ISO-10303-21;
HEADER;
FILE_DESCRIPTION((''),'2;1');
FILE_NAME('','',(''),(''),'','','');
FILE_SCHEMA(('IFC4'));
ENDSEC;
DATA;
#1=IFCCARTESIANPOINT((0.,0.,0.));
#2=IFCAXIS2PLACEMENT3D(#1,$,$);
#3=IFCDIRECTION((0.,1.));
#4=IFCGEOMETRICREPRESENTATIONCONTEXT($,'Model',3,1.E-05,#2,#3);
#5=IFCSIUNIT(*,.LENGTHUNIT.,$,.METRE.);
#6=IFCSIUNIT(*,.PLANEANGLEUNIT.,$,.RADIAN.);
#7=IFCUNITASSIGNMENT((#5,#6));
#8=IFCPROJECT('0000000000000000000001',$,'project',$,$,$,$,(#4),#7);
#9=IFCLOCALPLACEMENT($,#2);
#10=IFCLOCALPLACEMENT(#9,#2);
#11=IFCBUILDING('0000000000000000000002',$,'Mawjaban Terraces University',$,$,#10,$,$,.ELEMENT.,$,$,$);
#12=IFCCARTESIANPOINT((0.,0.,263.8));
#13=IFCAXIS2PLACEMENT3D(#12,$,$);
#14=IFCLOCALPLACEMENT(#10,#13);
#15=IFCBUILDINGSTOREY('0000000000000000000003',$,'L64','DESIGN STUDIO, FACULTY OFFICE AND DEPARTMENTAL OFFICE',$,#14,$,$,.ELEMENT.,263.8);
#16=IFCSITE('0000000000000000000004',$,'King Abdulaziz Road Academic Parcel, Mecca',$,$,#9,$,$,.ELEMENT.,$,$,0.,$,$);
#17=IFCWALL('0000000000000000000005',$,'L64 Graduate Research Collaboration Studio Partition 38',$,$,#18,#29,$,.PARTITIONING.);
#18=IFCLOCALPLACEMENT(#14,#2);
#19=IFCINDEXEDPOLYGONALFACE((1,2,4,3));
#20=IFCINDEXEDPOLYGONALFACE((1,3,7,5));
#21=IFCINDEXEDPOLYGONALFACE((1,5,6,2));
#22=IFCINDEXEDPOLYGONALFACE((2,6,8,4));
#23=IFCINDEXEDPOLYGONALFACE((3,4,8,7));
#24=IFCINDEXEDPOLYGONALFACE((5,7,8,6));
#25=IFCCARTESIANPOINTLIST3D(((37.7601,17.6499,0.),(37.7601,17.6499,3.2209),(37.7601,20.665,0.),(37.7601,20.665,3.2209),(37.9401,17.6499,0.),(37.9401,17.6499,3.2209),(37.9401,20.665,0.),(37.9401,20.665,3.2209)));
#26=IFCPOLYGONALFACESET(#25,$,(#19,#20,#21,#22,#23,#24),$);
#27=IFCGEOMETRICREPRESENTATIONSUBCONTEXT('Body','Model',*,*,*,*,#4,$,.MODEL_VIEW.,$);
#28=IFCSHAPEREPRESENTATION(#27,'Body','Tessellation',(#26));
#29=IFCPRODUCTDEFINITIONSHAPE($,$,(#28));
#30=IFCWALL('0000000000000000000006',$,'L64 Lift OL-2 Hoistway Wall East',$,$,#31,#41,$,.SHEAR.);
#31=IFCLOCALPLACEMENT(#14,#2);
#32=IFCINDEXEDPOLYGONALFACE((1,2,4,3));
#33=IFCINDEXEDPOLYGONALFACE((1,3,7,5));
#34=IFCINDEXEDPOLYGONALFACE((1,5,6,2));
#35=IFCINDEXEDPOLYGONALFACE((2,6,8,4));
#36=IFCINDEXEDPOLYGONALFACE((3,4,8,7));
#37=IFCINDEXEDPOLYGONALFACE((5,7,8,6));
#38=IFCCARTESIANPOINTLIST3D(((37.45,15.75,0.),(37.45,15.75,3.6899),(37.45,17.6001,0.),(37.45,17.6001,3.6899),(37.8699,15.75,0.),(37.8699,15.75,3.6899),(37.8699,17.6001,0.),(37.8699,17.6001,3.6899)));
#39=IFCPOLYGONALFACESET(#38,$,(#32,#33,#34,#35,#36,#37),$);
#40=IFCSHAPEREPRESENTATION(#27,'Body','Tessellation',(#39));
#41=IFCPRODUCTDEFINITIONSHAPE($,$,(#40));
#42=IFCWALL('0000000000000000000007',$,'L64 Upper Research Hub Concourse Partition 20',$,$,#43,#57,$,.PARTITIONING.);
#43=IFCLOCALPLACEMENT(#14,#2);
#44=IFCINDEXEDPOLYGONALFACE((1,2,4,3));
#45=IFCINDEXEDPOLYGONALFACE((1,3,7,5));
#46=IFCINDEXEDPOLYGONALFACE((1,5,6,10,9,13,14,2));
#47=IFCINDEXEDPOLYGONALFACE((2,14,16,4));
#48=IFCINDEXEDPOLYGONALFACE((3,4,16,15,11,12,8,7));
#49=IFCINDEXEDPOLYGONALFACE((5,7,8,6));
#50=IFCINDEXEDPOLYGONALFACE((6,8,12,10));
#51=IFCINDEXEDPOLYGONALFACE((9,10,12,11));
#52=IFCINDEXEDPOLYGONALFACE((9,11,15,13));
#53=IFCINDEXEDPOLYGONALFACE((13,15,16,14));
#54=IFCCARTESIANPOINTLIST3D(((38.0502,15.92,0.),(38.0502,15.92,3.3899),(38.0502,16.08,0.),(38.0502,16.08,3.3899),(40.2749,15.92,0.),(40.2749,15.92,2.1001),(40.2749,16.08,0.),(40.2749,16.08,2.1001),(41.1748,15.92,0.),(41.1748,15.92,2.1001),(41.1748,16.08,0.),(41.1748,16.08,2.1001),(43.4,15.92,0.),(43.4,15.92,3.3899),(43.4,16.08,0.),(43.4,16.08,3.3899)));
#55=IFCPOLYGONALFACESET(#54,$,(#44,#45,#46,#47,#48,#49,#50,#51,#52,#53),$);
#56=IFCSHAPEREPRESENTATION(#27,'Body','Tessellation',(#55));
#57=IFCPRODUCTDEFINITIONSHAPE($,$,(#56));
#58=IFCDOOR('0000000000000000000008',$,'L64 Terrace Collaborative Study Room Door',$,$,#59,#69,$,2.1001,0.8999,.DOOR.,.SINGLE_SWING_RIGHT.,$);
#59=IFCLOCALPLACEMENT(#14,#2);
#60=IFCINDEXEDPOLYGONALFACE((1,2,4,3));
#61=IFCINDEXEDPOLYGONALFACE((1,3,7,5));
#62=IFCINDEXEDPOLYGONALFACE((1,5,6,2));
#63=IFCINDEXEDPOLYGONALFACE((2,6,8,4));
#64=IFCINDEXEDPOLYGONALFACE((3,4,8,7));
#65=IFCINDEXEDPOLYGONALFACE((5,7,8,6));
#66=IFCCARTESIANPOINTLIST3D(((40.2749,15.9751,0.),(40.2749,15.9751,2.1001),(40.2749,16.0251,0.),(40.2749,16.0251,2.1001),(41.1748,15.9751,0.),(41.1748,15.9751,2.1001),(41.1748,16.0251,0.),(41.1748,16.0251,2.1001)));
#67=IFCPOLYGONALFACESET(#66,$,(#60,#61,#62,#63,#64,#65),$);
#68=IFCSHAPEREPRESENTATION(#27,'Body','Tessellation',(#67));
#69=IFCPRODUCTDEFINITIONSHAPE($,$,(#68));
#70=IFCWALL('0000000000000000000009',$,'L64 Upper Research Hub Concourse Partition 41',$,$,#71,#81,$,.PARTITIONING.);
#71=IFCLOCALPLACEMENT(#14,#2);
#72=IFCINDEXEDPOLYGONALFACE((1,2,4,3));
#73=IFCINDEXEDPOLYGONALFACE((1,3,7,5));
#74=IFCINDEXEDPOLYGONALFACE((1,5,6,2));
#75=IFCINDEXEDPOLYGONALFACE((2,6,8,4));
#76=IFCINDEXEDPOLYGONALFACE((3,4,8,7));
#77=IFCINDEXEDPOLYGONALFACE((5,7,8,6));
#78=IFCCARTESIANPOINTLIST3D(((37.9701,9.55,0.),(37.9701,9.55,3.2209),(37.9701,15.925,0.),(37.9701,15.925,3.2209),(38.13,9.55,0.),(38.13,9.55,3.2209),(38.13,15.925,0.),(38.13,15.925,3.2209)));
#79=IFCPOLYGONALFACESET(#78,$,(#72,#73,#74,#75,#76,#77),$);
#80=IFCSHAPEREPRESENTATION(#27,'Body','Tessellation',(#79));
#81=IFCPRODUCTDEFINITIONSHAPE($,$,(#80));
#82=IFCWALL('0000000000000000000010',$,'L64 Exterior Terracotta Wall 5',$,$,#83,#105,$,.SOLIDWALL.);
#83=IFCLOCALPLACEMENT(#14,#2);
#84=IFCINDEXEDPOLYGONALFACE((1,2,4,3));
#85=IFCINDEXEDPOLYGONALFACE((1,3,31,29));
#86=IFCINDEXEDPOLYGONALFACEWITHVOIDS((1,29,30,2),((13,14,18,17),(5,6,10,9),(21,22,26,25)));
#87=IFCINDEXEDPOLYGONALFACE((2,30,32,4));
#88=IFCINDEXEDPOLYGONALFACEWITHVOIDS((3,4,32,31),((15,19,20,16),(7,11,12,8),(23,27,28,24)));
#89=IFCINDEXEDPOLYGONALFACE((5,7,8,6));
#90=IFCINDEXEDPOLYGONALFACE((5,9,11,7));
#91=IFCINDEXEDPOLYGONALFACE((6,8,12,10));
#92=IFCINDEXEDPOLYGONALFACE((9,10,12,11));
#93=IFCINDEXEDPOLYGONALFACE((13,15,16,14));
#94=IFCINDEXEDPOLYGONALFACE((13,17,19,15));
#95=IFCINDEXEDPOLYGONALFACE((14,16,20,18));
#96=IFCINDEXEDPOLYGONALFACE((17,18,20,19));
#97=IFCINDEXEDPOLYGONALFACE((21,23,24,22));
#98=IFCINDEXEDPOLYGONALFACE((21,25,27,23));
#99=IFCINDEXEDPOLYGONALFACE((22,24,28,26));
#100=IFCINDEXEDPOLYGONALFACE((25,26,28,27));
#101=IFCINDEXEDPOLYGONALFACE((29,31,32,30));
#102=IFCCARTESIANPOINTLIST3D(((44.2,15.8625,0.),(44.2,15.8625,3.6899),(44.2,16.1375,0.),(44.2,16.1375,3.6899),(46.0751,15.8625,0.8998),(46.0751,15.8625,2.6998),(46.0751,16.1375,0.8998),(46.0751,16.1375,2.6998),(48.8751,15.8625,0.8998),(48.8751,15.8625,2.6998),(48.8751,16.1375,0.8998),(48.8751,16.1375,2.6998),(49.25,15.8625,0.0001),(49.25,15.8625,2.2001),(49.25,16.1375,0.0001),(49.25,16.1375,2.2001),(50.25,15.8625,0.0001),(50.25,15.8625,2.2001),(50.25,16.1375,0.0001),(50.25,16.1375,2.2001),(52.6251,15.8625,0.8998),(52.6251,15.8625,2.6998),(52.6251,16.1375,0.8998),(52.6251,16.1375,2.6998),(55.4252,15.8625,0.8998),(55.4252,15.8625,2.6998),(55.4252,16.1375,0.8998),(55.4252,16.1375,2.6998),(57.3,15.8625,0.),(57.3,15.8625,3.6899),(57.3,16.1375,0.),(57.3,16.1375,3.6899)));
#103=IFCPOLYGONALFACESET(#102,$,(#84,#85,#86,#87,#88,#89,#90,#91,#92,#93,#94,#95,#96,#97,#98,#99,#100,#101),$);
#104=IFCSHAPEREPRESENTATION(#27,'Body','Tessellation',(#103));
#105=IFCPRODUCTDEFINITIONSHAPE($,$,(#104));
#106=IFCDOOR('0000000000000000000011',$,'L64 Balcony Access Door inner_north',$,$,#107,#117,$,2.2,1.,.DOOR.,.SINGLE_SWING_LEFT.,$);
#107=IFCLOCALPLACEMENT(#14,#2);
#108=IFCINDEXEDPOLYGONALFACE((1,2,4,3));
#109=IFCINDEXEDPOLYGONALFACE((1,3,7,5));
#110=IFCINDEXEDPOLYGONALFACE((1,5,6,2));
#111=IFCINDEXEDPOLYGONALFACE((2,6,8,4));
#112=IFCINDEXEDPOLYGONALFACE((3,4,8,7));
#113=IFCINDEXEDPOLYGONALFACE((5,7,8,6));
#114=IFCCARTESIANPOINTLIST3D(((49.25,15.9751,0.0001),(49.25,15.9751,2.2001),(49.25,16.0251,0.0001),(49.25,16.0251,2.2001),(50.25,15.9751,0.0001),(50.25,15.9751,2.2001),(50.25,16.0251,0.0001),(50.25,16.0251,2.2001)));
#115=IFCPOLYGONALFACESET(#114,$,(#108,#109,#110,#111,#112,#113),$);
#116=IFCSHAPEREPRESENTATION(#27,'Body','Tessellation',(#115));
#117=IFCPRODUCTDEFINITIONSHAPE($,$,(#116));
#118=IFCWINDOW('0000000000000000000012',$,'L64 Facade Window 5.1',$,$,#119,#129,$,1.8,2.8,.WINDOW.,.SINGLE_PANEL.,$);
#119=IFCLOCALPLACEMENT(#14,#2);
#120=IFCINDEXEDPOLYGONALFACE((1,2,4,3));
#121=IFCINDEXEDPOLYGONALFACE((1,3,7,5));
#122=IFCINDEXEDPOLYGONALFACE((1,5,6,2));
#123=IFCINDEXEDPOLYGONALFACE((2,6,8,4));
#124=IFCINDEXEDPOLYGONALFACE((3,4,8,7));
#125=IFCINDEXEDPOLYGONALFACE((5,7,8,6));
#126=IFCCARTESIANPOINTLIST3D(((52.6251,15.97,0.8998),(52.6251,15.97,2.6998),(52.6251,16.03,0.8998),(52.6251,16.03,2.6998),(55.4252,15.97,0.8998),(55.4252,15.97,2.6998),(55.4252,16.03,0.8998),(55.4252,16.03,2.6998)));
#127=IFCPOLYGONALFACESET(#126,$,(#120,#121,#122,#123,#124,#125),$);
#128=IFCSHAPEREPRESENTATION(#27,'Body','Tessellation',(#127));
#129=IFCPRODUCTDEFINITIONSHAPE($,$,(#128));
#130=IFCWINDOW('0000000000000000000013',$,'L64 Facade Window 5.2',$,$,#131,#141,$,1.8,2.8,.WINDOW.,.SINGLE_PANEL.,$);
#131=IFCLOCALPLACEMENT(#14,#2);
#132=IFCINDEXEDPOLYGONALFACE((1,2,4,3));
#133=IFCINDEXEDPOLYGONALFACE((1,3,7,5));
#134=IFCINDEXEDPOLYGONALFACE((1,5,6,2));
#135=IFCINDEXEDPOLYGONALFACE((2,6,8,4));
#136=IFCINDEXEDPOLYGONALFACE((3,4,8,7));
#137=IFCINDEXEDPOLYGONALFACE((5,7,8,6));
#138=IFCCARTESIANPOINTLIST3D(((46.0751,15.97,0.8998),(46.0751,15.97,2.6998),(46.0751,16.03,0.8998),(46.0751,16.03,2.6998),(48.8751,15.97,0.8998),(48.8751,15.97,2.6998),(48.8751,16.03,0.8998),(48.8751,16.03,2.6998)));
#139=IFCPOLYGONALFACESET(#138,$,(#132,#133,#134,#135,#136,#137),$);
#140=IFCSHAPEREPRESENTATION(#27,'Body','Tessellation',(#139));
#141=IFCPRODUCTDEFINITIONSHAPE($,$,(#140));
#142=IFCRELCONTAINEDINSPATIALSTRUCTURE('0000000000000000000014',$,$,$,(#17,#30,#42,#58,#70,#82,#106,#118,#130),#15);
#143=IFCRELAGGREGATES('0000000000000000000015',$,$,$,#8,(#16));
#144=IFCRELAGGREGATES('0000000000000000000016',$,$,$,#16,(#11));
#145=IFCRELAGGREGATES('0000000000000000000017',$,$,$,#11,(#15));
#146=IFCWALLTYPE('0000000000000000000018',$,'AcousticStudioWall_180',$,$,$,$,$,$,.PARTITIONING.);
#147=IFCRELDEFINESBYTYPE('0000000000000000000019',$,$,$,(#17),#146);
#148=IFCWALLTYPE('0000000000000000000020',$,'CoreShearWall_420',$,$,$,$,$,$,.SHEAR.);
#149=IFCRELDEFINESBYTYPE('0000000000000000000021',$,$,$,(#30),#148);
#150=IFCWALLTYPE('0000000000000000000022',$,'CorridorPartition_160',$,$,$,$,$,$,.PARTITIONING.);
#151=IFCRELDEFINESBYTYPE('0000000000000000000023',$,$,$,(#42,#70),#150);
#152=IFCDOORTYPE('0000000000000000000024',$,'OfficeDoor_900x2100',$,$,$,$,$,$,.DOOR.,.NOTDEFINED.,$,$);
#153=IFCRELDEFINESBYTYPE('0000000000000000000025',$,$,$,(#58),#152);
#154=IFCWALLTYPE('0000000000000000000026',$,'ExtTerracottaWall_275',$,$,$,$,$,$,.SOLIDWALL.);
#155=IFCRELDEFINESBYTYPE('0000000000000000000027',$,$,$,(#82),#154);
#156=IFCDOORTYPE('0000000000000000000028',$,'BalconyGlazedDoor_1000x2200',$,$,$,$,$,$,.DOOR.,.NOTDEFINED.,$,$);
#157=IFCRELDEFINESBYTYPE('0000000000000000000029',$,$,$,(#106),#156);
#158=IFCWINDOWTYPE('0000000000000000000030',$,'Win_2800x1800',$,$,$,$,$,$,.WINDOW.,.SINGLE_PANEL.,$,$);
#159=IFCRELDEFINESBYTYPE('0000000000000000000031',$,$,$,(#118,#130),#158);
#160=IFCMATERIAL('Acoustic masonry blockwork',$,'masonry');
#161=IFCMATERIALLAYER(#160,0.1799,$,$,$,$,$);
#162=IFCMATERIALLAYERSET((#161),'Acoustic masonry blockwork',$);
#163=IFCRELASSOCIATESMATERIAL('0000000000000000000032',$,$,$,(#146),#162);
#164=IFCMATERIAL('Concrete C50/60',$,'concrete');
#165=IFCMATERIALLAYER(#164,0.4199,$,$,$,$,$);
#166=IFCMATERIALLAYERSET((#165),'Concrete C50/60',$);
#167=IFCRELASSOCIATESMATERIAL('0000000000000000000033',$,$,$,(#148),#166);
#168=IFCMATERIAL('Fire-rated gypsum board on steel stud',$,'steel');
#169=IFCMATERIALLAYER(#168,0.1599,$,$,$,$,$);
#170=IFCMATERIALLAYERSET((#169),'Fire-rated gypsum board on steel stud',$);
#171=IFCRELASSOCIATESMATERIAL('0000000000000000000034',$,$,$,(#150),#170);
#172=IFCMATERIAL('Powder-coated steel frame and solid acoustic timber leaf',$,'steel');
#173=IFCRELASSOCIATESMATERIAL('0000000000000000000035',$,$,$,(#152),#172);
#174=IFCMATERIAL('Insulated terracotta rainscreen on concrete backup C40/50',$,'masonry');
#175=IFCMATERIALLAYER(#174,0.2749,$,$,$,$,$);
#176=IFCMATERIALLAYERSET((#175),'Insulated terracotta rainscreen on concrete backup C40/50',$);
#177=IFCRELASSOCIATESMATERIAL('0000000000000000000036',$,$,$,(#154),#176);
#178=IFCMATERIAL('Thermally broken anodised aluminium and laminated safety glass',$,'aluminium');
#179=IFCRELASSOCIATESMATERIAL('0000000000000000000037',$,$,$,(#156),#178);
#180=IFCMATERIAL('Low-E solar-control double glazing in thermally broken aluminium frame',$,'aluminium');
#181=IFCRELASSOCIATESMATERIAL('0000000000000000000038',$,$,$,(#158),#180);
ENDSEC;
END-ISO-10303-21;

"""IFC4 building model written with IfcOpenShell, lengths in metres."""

from ifc_helpers import new_model, si_unit, direction, frame, frame_2d, origin, place, context, subcontext, project, spatial, rectangle, extrude, material, layer, layer_set, type_object, element, fill, save


model = new_model("IFC4")

# Units and contexts
model_context = context("Model", 3, precision=1e-05, world=origin(), true_north=direction((0.0, 1.0)))
body_context = subcontext(model_context, "Body", "Model", "MODEL_VIEW")
ifc_project = project(units=[si_unit("LENGTHUNIT", "METRE"), si_unit("PLANEANGLEUNIT", "RADIAN")], contexts=[model_context])

# Site, building, storey
site_placement = place(None, origin())
site = spatial("IfcSite", under=ifc_project, at=site_placement, Name="King Abdulaziz Road Academic Parcel, Mecca", CompositionType="ELEMENT", RefElevation=0.0)
building_placement = place(site_placement, origin())
building = spatial("IfcBuilding", under=site, at=building_placement, Name="Mawjaban Terraces University", CompositionType="ELEMENT")
storey_placement = place(building_placement, frame((0.0, 0.0, 263.8)))
storey = spatial("IfcBuildingStorey", under=building, at=storey_placement, Name="L64", Description="DESIGN STUDIO, FACULTY OFFICE AND DEPARTMENTAL OFFICE", CompositionType="ELEMENT", Elevation=263.8)

# Shared definitions
ifc_material_1 = material(Name="Concrete C50/60", Category="concrete")

# Walls
ifc_material_2 = material(Name="Acoustic masonry blockwork", Category="masonry")
ifc_layer_1 = layer(ifc_material_2, 0.1799)
ifc_layer_set_1 = layer_set([ifc_layer_1], Name="Acoustic masonry blockwork")
wall_type_1 = type_object("IfcWallType", Name="AcousticStudioWall_180", PredefinedType="PARTITIONING", material=ifc_layer_set_1)
wall_1_placement = place(storey_placement, frame((37.8501, 17.6499, 0.0), z_axis=(0.0, 0.0, 1.0), x_axis=(0.0, 1.0, 0.0)))
element("IfcWall", 1, at=wall_1_placement, inside=storey, type_object=wall_type_1, Name="L64 Graduate Research Collaboration Studio Partition 38", PredefinedType="PARTITIONING", context=body_context, shape_type="SweptSolid", body=[
    extrude(rectangle(XDim=3.0151, YDim=0.1799, at=frame_2d((1.5076, 0.0))), origin(), (0.0, 0.0, 1.0), 3.2209),
])
ifc_layer_2 = layer(ifc_material_1, 0.4199)
ifc_layer_set_2 = layer_set([ifc_layer_2], Name="Concrete C50/60")
wall_type_2 = type_object("IfcWallType", Name="CoreShearWall_420", PredefinedType="SHEAR", material=ifc_layer_set_2)
wall_2_placement = place(storey_placement, frame((37.6599, 15.75, 0.0), z_axis=(0.0, 0.0, 1.0), x_axis=(0.0, 1.0, 0.0)))
element("IfcWall", 2, at=wall_2_placement, inside=storey, type_object=wall_type_2, Name="L64 Lift OL-2 Hoistway Wall East", PredefinedType="SHEAR", context=body_context, shape_type="SweptSolid", body=[
    extrude(rectangle(XDim=1.8501, YDim=0.4199, at=frame_2d((0.925, 0.0))), origin(), (0.0, 0.0, 1.0), 3.6899),
])

# Wall, opening, door
ifc_material_3 = material(Name="Fire-rated gypsum board on steel stud", Category="steel")
ifc_layer_3 = layer(ifc_material_3, 0.1599)
ifc_layer_set_3 = layer_set([ifc_layer_3], Name="Fire-rated gypsum board on steel stud")
wall_type_3 = type_object("IfcWallType", Name="CorridorPartition_160", PredefinedType="PARTITIONING", material=ifc_layer_set_3)
wall_3_placement = place(storey_placement, frame((43.3999, 16.0, 0.0), z_axis=(0.0, 0.0, 1.0), x_axis=(-1.0, 0.0, 0.0)))
wall_3 = element("IfcWall", 3, at=wall_3_placement, inside=storey, type_object=wall_type_3, Name="L64 Upper Research Hub Concourse Partition 20", PredefinedType="PARTITIONING", context=body_context, shape_type="SweptSolid", body=[
    extrude(rectangle(XDim=5.3499, YDim=0.1599, at=frame_2d((2.6748, 0.0))), origin(), (0.0, 0.0, 1.0), 3.3899),
])
opening_1_placement = place(wall_3_placement, frame((2.2251, 0.0, 0.0)))
opening_1 = element("IfcOpeningElement", 4, at=opening_1_placement, cuts=wall_3, PredefinedType="OPENING", context=body_context, shape_type="SweptSolid", body=[
    extrude(rectangle(XDim=0.8999, YDim=2.1001, at=frame_2d((0.45, 1.05))), frame((0.0, 0.0898, 0.0), z_axis=(0.0, -1.0, 0.0), x_axis=(1.0, 0.0, 0.0)), (0.0, 0.0, 1.0), 0.1799),
])
ifc_material_4 = material(Name="Powder-coated steel frame and solid acoustic timber leaf", Category="steel")
door_type_1 = type_object("IfcDoorType", Name="OfficeDoor_900x2100", OperationType="NOTDEFINED", PredefinedType="DOOR", material=ifc_material_4)
door_1_placement = place(opening_1_placement, origin())
door_1 = element("IfcDoor", 5, at=door_1_placement, inside=storey, type_object=door_type_1, Name="L64 Terrace Collaborative Study Room Door", OperationType="SINGLE_SWING_RIGHT", OverallHeight=2.1001, OverallWidth=0.8999, PredefinedType="DOOR", context=body_context, shape_type="SweptSolid", body=[
    extrude(rectangle(XDim=0.8999, YDim=2.1001, at=frame_2d((0.45, 1.05))), frame((0.0, 0.0249, 0.0), z_axis=(0.0, -1.0, 0.0), x_axis=(1.0, 0.0, 0.0)), (0.0, 0.0, 1.0), 0.05),
])
fill(opening_1, door_1)

# Wall
wall_4_placement = place(storey_placement, frame((38.05, 15.925, 0.0), z_axis=(0.0, 0.0, 1.0), x_axis=(0.0, -1.0, 0.0)))
element("IfcWall", 6, at=wall_4_placement, inside=storey, type_object=wall_type_3, Name="L64 Upper Research Hub Concourse Partition 41", PredefinedType="PARTITIONING", context=body_context, shape_type="SweptSolid", body=[
    extrude(rectangle(XDim=6.375, YDim=0.1599, at=frame_2d((3.1875, 0.0))), origin(), (0.0, 0.0, 1.0), 3.2209),
])

# Wall, openings, door, windows
ifc_material_5 = material(Name="Insulated terracotta rainscreen on concrete backup C40/50", Category="masonry")
ifc_layer_4 = layer(ifc_material_5, 0.2749)
ifc_layer_set_4 = layer_set([ifc_layer_4], Name="Insulated terracotta rainscreen on concrete backup C40/50")
wall_type_4 = type_object("IfcWallType", Name="ExtTerracottaWall_275", PredefinedType="SOLIDWALL", material=ifc_layer_set_4)
wall_5_placement = place(storey_placement, frame((57.3, 16.0, 0.0), z_axis=(0.0, 0.0, 1.0), x_axis=(-1.0, 0.0, 0.0)))
wall_5 = element("IfcWall", 7, at=wall_5_placement, inside=storey, type_object=wall_type_4, Name="L64 Exterior Terracotta Wall 5", PredefinedType="SOLIDWALL", context=body_context, shape_type="SweptSolid", body=[
    extrude(rectangle(XDim=13.1001, YDim=0.2749, at=frame_2d((6.55, 0.0))), origin(), (0.0, 0.0, 1.0), 3.6899),
])
opening_2_placement = place(wall_5_placement, frame((7.05, 0.0, 0.0)))
opening_2 = element("IfcOpeningElement", 8, at=opening_2_placement, cuts=wall_5, PredefinedType="OPENING", context=body_context, shape_type="SweptSolid", body=[
    extrude(rectangle(XDim=1.0, YDim=2.2, at=frame_2d((0.5, 1.1001))), frame((0.0, 0.1475, 0.0), z_axis=(0.0, -1.0, 0.0), x_axis=(1.0, 0.0, 0.0)), (0.0, 0.0, 1.0), 0.2949),
])
opening_3_placement = place(wall_5_placement, frame((1.875, 0.0, 0.8999)))
opening_3 = element("IfcOpeningElement", 9, at=opening_3_placement, cuts=wall_5, PredefinedType="OPENING", context=body_context, shape_type="SweptSolid", body=[
    extrude(rectangle(XDim=2.8, YDim=1.8, at=frame_2d((1.3999, 0.8999))), frame((0.0, 0.1475, 0.0), z_axis=(0.0, -1.0, 0.0), x_axis=(1.0, 0.0, 0.0)), (0.0, 0.0, 1.0), 0.2949),
])
opening_4_placement = place(wall_5_placement, frame((8.425, 0.0, 0.8999)))
opening_4 = element("IfcOpeningElement", 10, at=opening_4_placement, cuts=wall_5, PredefinedType="OPENING", context=body_context, shape_type="SweptSolid", body=[
    extrude(rectangle(XDim=2.8, YDim=1.8, at=frame_2d((1.3999, 0.8999))), frame((0.0, 0.1475, 0.0), z_axis=(0.0, -1.0, 0.0), x_axis=(1.0, 0.0, 0.0)), (0.0, 0.0, 1.0), 0.2949),
])
ifc_material_6 = material(Name="Thermally broken anodised aluminium and laminated safety glass", Category="aluminium")
door_type_2 = type_object("IfcDoorType", Name="BalconyGlazedDoor_1000x2200", OperationType="NOTDEFINED", PredefinedType="DOOR", material=ifc_material_6)
door_2_placement = place(opening_2_placement, origin())
door_2 = element("IfcDoor", 11, at=door_2_placement, inside=storey, type_object=door_type_2, Name="L64 Balcony Access Door inner_north", OperationType="SINGLE_SWING_LEFT", OverallHeight=2.2, OverallWidth=1.0, PredefinedType="DOOR", context=body_context, shape_type="SweptSolid", body=[
    extrude(rectangle(XDim=1.0, YDim=2.2, at=frame_2d((0.5, 1.1001))), frame((0.0, 0.0249, 0.0), z_axis=(0.0, -1.0, 0.0), x_axis=(1.0, 0.0, 0.0)), (0.0, 0.0, 1.0), 0.05),
])
fill(opening_2, door_2)
ifc_material_7 = material(Name="Low-E solar-control double glazing in thermally broken aluminium frame", Category="aluminium")
window_type_1 = type_object("IfcWindowType", Name="Win_2800x1800", PartitioningType="SINGLE_PANEL", PredefinedType="WINDOW", material=ifc_material_7)
window_1_placement = place(opening_3_placement, origin())
window_1 = element("IfcWindow", 12, at=window_1_placement, inside=storey, type_object=window_type_1, Name="L64 Facade Window 5.1", OverallHeight=1.8, OverallWidth=2.8, PartitioningType="SINGLE_PANEL", PredefinedType="WINDOW", context=body_context, shape_type="SweptSolid", body=[
    extrude(rectangle(XDim=2.8, YDim=1.8, at=frame_2d((1.3999, 0.8999))), frame((0.0, 0.03, 0.0), z_axis=(0.0, -1.0, 0.0), x_axis=(1.0, 0.0, 0.0)), (0.0, 0.0, 1.0), 0.0601),
])
fill(opening_3, window_1)
window_2_placement = place(opening_4_placement, origin())
window_2 = element("IfcWindow", 13, at=window_2_placement, inside=storey, type_object=window_type_1, Name="L64 Facade Window 5.2", OverallHeight=1.8, OverallWidth=2.8, PartitioningType="SINGLE_PANEL", PredefinedType="WINDOW", context=body_context, shape_type="SweptSolid", body=[
    extrude(rectangle(XDim=2.8, YDim=1.8, at=frame_2d((1.3999, 0.8999))), frame((0.0, 0.03, 0.0), z_axis=(0.0, -1.0, 0.0), x_axis=(1.0, 0.0, 0.0)), (0.0, 0.0, 1.0), 0.0601),
])
fill(opening_4, window_2)

save(model, "model.ifc")
